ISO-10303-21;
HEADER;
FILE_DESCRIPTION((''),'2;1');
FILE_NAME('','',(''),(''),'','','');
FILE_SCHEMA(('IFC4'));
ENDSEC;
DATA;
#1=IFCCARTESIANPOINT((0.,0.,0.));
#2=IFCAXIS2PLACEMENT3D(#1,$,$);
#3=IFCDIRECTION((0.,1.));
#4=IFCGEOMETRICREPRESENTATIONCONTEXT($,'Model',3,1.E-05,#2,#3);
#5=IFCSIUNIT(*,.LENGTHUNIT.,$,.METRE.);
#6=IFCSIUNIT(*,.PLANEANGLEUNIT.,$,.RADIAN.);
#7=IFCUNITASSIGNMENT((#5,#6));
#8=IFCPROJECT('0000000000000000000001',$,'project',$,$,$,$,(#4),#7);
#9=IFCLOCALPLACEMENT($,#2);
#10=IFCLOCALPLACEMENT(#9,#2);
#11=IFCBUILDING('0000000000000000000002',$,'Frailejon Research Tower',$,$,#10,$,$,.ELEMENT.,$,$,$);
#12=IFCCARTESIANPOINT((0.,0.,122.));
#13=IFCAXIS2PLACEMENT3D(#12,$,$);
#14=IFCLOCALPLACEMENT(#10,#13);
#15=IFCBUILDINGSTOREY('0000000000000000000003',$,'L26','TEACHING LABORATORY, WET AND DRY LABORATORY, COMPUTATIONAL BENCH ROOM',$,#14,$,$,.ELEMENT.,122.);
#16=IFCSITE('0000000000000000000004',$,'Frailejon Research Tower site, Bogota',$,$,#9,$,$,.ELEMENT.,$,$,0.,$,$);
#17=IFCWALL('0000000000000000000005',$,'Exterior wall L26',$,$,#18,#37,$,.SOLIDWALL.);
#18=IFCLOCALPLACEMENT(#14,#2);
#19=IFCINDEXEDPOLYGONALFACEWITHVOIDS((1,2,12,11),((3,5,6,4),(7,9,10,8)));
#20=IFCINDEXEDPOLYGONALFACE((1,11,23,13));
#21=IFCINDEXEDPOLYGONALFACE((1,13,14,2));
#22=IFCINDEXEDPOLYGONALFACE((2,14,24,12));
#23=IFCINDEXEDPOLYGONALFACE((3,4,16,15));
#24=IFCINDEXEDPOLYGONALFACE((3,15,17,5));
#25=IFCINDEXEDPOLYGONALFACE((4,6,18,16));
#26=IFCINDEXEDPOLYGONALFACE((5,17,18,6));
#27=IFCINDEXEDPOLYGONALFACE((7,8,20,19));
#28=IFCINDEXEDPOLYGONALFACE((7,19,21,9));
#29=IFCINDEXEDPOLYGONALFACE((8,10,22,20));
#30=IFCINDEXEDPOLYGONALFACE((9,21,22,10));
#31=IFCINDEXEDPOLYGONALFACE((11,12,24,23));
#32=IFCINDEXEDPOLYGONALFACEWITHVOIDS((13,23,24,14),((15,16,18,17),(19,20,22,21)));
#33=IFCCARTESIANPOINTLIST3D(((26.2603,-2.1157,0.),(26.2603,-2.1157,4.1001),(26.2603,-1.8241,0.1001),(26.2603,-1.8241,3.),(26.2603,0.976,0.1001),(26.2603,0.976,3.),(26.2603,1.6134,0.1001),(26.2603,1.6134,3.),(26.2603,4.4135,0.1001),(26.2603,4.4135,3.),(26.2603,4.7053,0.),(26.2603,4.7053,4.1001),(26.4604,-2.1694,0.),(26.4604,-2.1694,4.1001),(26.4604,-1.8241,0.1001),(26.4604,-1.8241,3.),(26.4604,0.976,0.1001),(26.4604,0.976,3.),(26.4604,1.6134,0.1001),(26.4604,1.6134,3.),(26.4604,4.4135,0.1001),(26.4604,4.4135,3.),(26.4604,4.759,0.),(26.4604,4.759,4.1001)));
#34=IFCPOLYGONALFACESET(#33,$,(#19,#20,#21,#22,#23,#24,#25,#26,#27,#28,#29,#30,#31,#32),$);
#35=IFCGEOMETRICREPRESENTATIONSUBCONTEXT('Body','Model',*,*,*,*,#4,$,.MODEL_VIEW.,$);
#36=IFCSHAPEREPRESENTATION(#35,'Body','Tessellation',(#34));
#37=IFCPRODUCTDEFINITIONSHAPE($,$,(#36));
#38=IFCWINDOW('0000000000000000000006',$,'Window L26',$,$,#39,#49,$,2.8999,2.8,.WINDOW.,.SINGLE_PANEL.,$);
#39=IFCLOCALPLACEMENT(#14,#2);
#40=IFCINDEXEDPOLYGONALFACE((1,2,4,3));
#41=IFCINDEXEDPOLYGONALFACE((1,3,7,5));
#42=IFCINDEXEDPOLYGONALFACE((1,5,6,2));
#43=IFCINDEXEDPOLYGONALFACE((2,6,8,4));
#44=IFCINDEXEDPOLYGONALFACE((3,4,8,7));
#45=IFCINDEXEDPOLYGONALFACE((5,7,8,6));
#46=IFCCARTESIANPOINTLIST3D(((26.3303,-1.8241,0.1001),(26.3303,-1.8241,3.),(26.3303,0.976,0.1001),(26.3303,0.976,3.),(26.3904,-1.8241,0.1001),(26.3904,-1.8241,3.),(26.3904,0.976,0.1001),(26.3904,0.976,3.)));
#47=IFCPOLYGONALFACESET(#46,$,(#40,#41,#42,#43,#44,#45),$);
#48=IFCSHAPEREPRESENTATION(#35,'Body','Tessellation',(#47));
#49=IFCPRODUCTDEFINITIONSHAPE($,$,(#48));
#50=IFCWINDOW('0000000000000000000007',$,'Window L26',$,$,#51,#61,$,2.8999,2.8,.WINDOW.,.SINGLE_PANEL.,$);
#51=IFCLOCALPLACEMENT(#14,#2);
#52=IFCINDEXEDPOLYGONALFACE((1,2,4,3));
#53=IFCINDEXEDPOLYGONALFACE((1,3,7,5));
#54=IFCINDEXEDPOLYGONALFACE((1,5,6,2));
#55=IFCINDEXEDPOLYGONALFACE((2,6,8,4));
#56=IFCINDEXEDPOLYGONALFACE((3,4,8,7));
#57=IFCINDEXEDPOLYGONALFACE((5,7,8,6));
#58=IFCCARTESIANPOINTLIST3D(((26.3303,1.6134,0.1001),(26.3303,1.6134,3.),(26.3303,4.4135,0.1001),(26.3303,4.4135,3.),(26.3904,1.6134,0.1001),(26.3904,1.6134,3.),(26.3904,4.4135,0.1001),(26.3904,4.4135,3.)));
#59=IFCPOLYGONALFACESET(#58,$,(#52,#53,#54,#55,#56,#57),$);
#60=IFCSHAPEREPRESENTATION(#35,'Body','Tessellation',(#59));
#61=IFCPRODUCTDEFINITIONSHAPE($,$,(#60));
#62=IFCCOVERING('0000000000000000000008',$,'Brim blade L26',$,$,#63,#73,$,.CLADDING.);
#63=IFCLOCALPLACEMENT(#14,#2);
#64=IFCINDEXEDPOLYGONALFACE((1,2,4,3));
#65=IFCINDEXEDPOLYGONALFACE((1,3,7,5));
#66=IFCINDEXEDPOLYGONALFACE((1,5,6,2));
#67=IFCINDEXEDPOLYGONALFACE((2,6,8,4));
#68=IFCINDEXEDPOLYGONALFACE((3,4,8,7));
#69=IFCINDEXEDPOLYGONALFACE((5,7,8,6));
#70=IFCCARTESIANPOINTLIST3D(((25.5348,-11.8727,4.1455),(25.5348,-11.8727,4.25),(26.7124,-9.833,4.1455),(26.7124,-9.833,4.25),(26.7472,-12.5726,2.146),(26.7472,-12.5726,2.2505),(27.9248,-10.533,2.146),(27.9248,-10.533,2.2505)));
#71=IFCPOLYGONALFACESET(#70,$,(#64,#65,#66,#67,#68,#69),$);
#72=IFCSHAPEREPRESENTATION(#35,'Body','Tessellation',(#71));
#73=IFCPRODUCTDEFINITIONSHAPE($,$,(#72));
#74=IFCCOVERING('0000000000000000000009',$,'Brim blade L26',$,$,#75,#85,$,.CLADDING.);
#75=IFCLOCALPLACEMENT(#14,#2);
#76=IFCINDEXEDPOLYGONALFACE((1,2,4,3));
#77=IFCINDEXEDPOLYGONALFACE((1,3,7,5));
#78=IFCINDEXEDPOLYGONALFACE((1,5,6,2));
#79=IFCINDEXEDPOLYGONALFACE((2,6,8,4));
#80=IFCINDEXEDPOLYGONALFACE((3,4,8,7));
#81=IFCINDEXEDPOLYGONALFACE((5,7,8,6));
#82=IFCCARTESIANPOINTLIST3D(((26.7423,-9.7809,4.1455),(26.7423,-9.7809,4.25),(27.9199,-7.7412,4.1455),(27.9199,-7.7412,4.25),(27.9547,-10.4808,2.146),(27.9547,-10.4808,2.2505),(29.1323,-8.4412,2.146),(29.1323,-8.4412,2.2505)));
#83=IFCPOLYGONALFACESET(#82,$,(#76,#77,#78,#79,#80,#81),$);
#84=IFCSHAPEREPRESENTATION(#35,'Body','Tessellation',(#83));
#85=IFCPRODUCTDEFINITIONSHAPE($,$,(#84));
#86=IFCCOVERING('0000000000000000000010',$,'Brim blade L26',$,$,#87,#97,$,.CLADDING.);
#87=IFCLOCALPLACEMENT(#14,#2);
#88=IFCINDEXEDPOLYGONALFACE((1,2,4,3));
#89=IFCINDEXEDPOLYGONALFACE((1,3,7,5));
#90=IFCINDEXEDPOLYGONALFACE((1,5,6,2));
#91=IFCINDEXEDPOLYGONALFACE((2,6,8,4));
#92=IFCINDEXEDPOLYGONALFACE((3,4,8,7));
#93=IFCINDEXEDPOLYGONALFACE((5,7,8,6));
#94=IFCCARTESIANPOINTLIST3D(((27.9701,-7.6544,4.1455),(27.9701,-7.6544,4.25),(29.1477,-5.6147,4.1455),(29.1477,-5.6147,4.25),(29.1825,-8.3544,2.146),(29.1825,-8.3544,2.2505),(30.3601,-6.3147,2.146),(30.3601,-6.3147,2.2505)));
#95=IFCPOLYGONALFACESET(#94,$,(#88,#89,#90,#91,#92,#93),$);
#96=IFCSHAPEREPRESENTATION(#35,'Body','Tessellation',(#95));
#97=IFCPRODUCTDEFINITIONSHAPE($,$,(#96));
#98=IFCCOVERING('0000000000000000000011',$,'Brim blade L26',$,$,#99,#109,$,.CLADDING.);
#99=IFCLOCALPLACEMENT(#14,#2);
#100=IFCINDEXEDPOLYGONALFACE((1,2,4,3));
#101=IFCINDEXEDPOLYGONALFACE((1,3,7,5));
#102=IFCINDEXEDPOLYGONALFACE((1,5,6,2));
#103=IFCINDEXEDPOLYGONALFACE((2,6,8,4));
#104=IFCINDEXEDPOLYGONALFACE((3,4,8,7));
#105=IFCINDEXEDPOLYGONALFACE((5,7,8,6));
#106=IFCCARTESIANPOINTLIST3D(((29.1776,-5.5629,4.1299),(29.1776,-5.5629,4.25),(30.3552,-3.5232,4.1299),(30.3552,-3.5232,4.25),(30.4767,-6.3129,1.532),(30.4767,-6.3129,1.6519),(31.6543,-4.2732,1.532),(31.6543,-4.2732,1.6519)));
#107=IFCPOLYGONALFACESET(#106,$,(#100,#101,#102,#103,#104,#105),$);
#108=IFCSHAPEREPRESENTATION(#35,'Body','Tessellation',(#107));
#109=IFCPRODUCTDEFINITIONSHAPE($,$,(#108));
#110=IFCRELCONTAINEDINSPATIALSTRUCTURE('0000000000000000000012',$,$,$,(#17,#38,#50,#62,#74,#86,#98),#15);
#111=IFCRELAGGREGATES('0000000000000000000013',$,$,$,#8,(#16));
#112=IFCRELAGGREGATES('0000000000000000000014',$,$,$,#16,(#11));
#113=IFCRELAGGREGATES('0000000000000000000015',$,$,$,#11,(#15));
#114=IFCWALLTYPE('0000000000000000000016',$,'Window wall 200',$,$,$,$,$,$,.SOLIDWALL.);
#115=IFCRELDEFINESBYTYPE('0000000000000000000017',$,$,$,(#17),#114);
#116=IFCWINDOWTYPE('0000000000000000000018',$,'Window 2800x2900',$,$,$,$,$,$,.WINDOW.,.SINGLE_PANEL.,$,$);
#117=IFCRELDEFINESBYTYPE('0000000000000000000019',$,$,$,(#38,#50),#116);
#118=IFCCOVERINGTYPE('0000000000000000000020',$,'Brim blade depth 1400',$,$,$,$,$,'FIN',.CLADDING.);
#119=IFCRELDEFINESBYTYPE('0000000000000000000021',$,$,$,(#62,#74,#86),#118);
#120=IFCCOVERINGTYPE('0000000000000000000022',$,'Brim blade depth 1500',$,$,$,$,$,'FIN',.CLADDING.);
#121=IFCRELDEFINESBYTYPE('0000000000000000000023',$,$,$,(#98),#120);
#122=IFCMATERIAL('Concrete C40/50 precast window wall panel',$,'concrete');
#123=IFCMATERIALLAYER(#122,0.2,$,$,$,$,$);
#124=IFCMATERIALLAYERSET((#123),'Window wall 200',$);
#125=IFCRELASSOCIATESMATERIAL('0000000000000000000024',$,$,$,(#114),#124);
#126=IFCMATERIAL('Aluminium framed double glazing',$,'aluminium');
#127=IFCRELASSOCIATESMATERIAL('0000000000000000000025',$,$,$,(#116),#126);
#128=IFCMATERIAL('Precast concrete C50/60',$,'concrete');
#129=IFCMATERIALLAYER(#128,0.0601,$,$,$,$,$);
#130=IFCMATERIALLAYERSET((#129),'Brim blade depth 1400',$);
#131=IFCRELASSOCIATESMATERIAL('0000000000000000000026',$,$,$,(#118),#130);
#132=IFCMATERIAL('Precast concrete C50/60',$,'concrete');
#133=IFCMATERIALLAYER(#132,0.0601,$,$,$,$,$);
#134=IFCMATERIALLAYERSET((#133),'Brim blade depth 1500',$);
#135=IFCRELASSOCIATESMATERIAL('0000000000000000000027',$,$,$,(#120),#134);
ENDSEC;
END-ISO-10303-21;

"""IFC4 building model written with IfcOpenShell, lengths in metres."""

from ifc_helpers import new_model, si_unit, direction, frame, frame_2d, origin, place, context, subcontext, project, spatial, polyline, rectangle, outline, extrude, material, layer, layer_set, type_object, element, fill, save


model = new_model("IFC4")

# Units and contexts
model_context = context("Model", 3, precision=1e-05, world=origin(), true_north=direction((0.0, 1.0)))
body_context = subcontext(model_context, "Body", "Model", "MODEL_VIEW")
ifc_project = project(units=[si_unit("LENGTHUNIT", "METRE"), si_unit("PLANEANGLEUNIT", "RADIAN")], contexts=[model_context])

# Site, building, storey
site_placement = place(None, origin())
site = spatial("IfcSite", under=ifc_project, at=site_placement, Name="Frailejon Research Tower site, Bogota", CompositionType="ELEMENT", RefElevation=0.0)
building_placement = place(site_placement, origin())
building = spatial("IfcBuilding", under=site, at=building_placement, Name="Frailejon Research Tower", CompositionType="ELEMENT")
storey_placement = place(building_placement, frame((0.0, 0.0, 122.0)))
storey = spatial("IfcBuildingStorey", under=building, at=storey_placement, Name="L26", Description="TEACHING LABORATORY, WET AND DRY LABORATORY, COMPUTATIONAL BENCH ROOM", CompositionType="ELEMENT", Elevation=122.0)

# Wall, openings, windows
ifc_material_1 = material(Name="Concrete C40/50 precast window wall panel", Category="concrete")
ifc_layer_1 = layer(ifc_material_1, 0.2)
ifc_layer_set_1 = layer_set([ifc_layer_1], Name="Window wall 200")
wall_type_1 = type_object("IfcWallType", Name="Window wall 200", PredefinedType="SOLIDWALL", material=ifc_layer_set_1)
wall_1_placement = place(storey_placement, frame((26.3604, -2.1426, 0.0), z_axis=(0.0, 0.0, 1.0), x_axis=(0.0, 1.0, 0.0)))
wall_1 = element("IfcWall", 1, at=wall_1_placement, inside=storey, type_object=wall_type_1, Name="Exterior wall L26", PredefinedType="SOLIDWALL", context=body_context, shape_type="SweptSolid", body=[
    extrude(outline(polyline([(-0.0269, -0.1001), (1.1279, -0.1001), (2.2827, -0.1001), (3.4375, -0.1001), (4.592, -0.1001), (5.7468, -0.1001), (6.9016, -0.1001), (6.8479, 0.1001), (5.7109, 0.1001), (4.5742, 0.1001), (3.4375, 0.1001), (2.3005, 0.1001), (1.1636, 0.1001), (0.0269, 0.1001), (-0.0269, -0.1001)])), origin(), (0.0, 0.0, 1.0), 4.1001),
])
opening_1_placement = place(wall_1_placement, frame((0.3186, 0.0, 0.1001)))
opening_1 = element("IfcOpeningElement", 2, at=opening_1_placement, cuts=wall_1, PredefinedType="OPENING", context=body_context, shape_type="SweptSolid", body=[
    extrude(rectangle(XDim=2.8, YDim=2.8999, at=frame_2d((1.3999, 1.45))), frame((0.0, 0.1099, 0.0), z_axis=(0.0, -1.0, 0.0), x_axis=(1.0, 0.0, 0.0)), (0.0, 0.0, 1.0), 0.22),
])
opening_2_placement = place(wall_1_placement, frame((3.7561, 0.0, 0.1001)))
opening_2 = element("IfcOpeningElement", 3, at=opening_2_placement, cuts=wall_1, PredefinedType="OPENING", context=body_context, shape_type="SweptSolid", body=[
    extrude(rectangle(XDim=2.8, YDim=2.8999, at=frame_2d((1.3999, 1.45))), frame((0.0, 0.1099, 0.0), z_axis=(0.0, -1.0, 0.0), x_axis=(1.0, 0.0, 0.0)), (0.0, 0.0, 1.0), 0.22),
])
ifc_material_2 = material(Name="Aluminium framed double glazing", Category="aluminium")
window_type = type_object("IfcWindowType", Name="Window 2800x2900", PartitioningType="SINGLE_PANEL", PredefinedType="WINDOW", material=ifc_material_2)
window_1_placement = place(opening_1_placement, origin())
window_1 = element("IfcWindow", 4, at=window_1_placement, inside=storey, type_object=window_type, Name="Window L26", OverallHeight=2.8999, OverallWidth=2.8, PartitioningType="SINGLE_PANEL", PredefinedType="WINDOW", context=body_context, shape_type="SweptSolid", body=[
    extrude(rectangle(XDim=2.8, YDim=2.8999, at=frame_2d((1.3999, 1.45))), frame((0.0, 0.03, 0.0), z_axis=(0.0, -1.0, 0.0), x_axis=(1.0, 0.0, 0.0)), (0.0, 0.0, 1.0), 0.0601),
])
fill(opening_1, window_1)
window_2_placement = place(opening_2_placement, origin())
window_2 = element("IfcWindow", 5, at=window_2_placement, inside=storey, type_object=window_type, Name="Window L26", OverallHeight=2.8999, OverallWidth=2.8, PartitioningType="SINGLE_PANEL", PredefinedType="WINDOW", context=body_context, shape_type="SweptSolid", body=[
    extrude(rectangle(XDim=2.8, YDim=2.8999, at=frame_2d((1.3999, 1.45))), frame((0.0, 0.03, 0.0), z_axis=(0.0, -1.0, 0.0), x_axis=(1.0, 0.0, 0.0)), (0.0, 0.0, 1.0), 0.0601),
])
fill(opening_2, window_2)

# Coverings
ifc_material_3 = material(Name="Precast concrete C50/60", Category="concrete")
ifc_layer_2 = layer(ifc_material_3, 0.0601)
ifc_layer_set_2 = layer_set([ifc_layer_2], Name="Brim blade depth 1400")
covering_type_1 = type_object("IfcCoveringType", Name="Brim blade depth 1400", ElementType="FIN", PredefinedType="CLADDING", material=ifc_layer_set_2)
for number, where, z_axis, x_axis, name in (
    (6, (26.7124, -9.833, 4.25), (-0.499997, -0.866027, 0.0), (0.866027, -0.499997, 0.0), "Brim blade L26"),
    (7, (27.9199, -7.7412, 4.25), (-0.499997, -0.866027, 0.0), (0.866027, -0.499997, 0.0), "Brim blade L26"),
    (8, (29.1477, -5.6147, 4.25), (-0.499997, -0.866027, 0.0), (0.866027, -0.499997, 0.0), "Brim blade L26"),
):
    element("IfcCovering", number, at=place(storey_placement, frame(where, z_axis=z_axis, x_axis=x_axis)), inside=storey, type_object=covering_type_1, Name=name, PredefinedType="CLADDING", context=body_context, shape_type="SweptSolid", body=[
        extrude(outline(polyline([(0.0, -0.1045), (1.3999, -2.104), (1.3999, -1.9995), (0.0, 0.0), (0.0, -0.1045)])), origin(), (0.0, 0.0, 1.0), 2.3552),
    ])
ifc_material_4 = material(Name="Precast concrete C50/60", Category="concrete")
ifc_layer_3 = layer(ifc_material_4, 0.0601)
ifc_layer_set_3 = layer_set([ifc_layer_3], Name="Brim blade depth 1500")
covering_type_2 = type_object("IfcCoveringType", Name="Brim blade depth 1500", ElementType="FIN", PredefinedType="CLADDING", material=ifc_layer_set_3)
covering_placement = place(storey_placement, frame((30.3552, -3.5232, 4.25), z_axis=(-0.499997, -0.866027, 0.0), x_axis=(0.866027, -0.499997, 0.0)))
element("IfcCovering", 9, at=covering_placement, inside=storey, type_object=covering_type_2, Name="Brim blade L26", PredefinedType="CLADDING", context=body_context, shape_type="SweptSolid", body=[
    extrude(outline(polyline([(0.0, -0.1201), (1.5, -2.718), (1.5, -2.5981), (0.0, 0.0), (0.0, -0.1201)])), origin(), (0.0, 0.0, 1.0), 2.3552),
])

save(model, "model.ifc")
